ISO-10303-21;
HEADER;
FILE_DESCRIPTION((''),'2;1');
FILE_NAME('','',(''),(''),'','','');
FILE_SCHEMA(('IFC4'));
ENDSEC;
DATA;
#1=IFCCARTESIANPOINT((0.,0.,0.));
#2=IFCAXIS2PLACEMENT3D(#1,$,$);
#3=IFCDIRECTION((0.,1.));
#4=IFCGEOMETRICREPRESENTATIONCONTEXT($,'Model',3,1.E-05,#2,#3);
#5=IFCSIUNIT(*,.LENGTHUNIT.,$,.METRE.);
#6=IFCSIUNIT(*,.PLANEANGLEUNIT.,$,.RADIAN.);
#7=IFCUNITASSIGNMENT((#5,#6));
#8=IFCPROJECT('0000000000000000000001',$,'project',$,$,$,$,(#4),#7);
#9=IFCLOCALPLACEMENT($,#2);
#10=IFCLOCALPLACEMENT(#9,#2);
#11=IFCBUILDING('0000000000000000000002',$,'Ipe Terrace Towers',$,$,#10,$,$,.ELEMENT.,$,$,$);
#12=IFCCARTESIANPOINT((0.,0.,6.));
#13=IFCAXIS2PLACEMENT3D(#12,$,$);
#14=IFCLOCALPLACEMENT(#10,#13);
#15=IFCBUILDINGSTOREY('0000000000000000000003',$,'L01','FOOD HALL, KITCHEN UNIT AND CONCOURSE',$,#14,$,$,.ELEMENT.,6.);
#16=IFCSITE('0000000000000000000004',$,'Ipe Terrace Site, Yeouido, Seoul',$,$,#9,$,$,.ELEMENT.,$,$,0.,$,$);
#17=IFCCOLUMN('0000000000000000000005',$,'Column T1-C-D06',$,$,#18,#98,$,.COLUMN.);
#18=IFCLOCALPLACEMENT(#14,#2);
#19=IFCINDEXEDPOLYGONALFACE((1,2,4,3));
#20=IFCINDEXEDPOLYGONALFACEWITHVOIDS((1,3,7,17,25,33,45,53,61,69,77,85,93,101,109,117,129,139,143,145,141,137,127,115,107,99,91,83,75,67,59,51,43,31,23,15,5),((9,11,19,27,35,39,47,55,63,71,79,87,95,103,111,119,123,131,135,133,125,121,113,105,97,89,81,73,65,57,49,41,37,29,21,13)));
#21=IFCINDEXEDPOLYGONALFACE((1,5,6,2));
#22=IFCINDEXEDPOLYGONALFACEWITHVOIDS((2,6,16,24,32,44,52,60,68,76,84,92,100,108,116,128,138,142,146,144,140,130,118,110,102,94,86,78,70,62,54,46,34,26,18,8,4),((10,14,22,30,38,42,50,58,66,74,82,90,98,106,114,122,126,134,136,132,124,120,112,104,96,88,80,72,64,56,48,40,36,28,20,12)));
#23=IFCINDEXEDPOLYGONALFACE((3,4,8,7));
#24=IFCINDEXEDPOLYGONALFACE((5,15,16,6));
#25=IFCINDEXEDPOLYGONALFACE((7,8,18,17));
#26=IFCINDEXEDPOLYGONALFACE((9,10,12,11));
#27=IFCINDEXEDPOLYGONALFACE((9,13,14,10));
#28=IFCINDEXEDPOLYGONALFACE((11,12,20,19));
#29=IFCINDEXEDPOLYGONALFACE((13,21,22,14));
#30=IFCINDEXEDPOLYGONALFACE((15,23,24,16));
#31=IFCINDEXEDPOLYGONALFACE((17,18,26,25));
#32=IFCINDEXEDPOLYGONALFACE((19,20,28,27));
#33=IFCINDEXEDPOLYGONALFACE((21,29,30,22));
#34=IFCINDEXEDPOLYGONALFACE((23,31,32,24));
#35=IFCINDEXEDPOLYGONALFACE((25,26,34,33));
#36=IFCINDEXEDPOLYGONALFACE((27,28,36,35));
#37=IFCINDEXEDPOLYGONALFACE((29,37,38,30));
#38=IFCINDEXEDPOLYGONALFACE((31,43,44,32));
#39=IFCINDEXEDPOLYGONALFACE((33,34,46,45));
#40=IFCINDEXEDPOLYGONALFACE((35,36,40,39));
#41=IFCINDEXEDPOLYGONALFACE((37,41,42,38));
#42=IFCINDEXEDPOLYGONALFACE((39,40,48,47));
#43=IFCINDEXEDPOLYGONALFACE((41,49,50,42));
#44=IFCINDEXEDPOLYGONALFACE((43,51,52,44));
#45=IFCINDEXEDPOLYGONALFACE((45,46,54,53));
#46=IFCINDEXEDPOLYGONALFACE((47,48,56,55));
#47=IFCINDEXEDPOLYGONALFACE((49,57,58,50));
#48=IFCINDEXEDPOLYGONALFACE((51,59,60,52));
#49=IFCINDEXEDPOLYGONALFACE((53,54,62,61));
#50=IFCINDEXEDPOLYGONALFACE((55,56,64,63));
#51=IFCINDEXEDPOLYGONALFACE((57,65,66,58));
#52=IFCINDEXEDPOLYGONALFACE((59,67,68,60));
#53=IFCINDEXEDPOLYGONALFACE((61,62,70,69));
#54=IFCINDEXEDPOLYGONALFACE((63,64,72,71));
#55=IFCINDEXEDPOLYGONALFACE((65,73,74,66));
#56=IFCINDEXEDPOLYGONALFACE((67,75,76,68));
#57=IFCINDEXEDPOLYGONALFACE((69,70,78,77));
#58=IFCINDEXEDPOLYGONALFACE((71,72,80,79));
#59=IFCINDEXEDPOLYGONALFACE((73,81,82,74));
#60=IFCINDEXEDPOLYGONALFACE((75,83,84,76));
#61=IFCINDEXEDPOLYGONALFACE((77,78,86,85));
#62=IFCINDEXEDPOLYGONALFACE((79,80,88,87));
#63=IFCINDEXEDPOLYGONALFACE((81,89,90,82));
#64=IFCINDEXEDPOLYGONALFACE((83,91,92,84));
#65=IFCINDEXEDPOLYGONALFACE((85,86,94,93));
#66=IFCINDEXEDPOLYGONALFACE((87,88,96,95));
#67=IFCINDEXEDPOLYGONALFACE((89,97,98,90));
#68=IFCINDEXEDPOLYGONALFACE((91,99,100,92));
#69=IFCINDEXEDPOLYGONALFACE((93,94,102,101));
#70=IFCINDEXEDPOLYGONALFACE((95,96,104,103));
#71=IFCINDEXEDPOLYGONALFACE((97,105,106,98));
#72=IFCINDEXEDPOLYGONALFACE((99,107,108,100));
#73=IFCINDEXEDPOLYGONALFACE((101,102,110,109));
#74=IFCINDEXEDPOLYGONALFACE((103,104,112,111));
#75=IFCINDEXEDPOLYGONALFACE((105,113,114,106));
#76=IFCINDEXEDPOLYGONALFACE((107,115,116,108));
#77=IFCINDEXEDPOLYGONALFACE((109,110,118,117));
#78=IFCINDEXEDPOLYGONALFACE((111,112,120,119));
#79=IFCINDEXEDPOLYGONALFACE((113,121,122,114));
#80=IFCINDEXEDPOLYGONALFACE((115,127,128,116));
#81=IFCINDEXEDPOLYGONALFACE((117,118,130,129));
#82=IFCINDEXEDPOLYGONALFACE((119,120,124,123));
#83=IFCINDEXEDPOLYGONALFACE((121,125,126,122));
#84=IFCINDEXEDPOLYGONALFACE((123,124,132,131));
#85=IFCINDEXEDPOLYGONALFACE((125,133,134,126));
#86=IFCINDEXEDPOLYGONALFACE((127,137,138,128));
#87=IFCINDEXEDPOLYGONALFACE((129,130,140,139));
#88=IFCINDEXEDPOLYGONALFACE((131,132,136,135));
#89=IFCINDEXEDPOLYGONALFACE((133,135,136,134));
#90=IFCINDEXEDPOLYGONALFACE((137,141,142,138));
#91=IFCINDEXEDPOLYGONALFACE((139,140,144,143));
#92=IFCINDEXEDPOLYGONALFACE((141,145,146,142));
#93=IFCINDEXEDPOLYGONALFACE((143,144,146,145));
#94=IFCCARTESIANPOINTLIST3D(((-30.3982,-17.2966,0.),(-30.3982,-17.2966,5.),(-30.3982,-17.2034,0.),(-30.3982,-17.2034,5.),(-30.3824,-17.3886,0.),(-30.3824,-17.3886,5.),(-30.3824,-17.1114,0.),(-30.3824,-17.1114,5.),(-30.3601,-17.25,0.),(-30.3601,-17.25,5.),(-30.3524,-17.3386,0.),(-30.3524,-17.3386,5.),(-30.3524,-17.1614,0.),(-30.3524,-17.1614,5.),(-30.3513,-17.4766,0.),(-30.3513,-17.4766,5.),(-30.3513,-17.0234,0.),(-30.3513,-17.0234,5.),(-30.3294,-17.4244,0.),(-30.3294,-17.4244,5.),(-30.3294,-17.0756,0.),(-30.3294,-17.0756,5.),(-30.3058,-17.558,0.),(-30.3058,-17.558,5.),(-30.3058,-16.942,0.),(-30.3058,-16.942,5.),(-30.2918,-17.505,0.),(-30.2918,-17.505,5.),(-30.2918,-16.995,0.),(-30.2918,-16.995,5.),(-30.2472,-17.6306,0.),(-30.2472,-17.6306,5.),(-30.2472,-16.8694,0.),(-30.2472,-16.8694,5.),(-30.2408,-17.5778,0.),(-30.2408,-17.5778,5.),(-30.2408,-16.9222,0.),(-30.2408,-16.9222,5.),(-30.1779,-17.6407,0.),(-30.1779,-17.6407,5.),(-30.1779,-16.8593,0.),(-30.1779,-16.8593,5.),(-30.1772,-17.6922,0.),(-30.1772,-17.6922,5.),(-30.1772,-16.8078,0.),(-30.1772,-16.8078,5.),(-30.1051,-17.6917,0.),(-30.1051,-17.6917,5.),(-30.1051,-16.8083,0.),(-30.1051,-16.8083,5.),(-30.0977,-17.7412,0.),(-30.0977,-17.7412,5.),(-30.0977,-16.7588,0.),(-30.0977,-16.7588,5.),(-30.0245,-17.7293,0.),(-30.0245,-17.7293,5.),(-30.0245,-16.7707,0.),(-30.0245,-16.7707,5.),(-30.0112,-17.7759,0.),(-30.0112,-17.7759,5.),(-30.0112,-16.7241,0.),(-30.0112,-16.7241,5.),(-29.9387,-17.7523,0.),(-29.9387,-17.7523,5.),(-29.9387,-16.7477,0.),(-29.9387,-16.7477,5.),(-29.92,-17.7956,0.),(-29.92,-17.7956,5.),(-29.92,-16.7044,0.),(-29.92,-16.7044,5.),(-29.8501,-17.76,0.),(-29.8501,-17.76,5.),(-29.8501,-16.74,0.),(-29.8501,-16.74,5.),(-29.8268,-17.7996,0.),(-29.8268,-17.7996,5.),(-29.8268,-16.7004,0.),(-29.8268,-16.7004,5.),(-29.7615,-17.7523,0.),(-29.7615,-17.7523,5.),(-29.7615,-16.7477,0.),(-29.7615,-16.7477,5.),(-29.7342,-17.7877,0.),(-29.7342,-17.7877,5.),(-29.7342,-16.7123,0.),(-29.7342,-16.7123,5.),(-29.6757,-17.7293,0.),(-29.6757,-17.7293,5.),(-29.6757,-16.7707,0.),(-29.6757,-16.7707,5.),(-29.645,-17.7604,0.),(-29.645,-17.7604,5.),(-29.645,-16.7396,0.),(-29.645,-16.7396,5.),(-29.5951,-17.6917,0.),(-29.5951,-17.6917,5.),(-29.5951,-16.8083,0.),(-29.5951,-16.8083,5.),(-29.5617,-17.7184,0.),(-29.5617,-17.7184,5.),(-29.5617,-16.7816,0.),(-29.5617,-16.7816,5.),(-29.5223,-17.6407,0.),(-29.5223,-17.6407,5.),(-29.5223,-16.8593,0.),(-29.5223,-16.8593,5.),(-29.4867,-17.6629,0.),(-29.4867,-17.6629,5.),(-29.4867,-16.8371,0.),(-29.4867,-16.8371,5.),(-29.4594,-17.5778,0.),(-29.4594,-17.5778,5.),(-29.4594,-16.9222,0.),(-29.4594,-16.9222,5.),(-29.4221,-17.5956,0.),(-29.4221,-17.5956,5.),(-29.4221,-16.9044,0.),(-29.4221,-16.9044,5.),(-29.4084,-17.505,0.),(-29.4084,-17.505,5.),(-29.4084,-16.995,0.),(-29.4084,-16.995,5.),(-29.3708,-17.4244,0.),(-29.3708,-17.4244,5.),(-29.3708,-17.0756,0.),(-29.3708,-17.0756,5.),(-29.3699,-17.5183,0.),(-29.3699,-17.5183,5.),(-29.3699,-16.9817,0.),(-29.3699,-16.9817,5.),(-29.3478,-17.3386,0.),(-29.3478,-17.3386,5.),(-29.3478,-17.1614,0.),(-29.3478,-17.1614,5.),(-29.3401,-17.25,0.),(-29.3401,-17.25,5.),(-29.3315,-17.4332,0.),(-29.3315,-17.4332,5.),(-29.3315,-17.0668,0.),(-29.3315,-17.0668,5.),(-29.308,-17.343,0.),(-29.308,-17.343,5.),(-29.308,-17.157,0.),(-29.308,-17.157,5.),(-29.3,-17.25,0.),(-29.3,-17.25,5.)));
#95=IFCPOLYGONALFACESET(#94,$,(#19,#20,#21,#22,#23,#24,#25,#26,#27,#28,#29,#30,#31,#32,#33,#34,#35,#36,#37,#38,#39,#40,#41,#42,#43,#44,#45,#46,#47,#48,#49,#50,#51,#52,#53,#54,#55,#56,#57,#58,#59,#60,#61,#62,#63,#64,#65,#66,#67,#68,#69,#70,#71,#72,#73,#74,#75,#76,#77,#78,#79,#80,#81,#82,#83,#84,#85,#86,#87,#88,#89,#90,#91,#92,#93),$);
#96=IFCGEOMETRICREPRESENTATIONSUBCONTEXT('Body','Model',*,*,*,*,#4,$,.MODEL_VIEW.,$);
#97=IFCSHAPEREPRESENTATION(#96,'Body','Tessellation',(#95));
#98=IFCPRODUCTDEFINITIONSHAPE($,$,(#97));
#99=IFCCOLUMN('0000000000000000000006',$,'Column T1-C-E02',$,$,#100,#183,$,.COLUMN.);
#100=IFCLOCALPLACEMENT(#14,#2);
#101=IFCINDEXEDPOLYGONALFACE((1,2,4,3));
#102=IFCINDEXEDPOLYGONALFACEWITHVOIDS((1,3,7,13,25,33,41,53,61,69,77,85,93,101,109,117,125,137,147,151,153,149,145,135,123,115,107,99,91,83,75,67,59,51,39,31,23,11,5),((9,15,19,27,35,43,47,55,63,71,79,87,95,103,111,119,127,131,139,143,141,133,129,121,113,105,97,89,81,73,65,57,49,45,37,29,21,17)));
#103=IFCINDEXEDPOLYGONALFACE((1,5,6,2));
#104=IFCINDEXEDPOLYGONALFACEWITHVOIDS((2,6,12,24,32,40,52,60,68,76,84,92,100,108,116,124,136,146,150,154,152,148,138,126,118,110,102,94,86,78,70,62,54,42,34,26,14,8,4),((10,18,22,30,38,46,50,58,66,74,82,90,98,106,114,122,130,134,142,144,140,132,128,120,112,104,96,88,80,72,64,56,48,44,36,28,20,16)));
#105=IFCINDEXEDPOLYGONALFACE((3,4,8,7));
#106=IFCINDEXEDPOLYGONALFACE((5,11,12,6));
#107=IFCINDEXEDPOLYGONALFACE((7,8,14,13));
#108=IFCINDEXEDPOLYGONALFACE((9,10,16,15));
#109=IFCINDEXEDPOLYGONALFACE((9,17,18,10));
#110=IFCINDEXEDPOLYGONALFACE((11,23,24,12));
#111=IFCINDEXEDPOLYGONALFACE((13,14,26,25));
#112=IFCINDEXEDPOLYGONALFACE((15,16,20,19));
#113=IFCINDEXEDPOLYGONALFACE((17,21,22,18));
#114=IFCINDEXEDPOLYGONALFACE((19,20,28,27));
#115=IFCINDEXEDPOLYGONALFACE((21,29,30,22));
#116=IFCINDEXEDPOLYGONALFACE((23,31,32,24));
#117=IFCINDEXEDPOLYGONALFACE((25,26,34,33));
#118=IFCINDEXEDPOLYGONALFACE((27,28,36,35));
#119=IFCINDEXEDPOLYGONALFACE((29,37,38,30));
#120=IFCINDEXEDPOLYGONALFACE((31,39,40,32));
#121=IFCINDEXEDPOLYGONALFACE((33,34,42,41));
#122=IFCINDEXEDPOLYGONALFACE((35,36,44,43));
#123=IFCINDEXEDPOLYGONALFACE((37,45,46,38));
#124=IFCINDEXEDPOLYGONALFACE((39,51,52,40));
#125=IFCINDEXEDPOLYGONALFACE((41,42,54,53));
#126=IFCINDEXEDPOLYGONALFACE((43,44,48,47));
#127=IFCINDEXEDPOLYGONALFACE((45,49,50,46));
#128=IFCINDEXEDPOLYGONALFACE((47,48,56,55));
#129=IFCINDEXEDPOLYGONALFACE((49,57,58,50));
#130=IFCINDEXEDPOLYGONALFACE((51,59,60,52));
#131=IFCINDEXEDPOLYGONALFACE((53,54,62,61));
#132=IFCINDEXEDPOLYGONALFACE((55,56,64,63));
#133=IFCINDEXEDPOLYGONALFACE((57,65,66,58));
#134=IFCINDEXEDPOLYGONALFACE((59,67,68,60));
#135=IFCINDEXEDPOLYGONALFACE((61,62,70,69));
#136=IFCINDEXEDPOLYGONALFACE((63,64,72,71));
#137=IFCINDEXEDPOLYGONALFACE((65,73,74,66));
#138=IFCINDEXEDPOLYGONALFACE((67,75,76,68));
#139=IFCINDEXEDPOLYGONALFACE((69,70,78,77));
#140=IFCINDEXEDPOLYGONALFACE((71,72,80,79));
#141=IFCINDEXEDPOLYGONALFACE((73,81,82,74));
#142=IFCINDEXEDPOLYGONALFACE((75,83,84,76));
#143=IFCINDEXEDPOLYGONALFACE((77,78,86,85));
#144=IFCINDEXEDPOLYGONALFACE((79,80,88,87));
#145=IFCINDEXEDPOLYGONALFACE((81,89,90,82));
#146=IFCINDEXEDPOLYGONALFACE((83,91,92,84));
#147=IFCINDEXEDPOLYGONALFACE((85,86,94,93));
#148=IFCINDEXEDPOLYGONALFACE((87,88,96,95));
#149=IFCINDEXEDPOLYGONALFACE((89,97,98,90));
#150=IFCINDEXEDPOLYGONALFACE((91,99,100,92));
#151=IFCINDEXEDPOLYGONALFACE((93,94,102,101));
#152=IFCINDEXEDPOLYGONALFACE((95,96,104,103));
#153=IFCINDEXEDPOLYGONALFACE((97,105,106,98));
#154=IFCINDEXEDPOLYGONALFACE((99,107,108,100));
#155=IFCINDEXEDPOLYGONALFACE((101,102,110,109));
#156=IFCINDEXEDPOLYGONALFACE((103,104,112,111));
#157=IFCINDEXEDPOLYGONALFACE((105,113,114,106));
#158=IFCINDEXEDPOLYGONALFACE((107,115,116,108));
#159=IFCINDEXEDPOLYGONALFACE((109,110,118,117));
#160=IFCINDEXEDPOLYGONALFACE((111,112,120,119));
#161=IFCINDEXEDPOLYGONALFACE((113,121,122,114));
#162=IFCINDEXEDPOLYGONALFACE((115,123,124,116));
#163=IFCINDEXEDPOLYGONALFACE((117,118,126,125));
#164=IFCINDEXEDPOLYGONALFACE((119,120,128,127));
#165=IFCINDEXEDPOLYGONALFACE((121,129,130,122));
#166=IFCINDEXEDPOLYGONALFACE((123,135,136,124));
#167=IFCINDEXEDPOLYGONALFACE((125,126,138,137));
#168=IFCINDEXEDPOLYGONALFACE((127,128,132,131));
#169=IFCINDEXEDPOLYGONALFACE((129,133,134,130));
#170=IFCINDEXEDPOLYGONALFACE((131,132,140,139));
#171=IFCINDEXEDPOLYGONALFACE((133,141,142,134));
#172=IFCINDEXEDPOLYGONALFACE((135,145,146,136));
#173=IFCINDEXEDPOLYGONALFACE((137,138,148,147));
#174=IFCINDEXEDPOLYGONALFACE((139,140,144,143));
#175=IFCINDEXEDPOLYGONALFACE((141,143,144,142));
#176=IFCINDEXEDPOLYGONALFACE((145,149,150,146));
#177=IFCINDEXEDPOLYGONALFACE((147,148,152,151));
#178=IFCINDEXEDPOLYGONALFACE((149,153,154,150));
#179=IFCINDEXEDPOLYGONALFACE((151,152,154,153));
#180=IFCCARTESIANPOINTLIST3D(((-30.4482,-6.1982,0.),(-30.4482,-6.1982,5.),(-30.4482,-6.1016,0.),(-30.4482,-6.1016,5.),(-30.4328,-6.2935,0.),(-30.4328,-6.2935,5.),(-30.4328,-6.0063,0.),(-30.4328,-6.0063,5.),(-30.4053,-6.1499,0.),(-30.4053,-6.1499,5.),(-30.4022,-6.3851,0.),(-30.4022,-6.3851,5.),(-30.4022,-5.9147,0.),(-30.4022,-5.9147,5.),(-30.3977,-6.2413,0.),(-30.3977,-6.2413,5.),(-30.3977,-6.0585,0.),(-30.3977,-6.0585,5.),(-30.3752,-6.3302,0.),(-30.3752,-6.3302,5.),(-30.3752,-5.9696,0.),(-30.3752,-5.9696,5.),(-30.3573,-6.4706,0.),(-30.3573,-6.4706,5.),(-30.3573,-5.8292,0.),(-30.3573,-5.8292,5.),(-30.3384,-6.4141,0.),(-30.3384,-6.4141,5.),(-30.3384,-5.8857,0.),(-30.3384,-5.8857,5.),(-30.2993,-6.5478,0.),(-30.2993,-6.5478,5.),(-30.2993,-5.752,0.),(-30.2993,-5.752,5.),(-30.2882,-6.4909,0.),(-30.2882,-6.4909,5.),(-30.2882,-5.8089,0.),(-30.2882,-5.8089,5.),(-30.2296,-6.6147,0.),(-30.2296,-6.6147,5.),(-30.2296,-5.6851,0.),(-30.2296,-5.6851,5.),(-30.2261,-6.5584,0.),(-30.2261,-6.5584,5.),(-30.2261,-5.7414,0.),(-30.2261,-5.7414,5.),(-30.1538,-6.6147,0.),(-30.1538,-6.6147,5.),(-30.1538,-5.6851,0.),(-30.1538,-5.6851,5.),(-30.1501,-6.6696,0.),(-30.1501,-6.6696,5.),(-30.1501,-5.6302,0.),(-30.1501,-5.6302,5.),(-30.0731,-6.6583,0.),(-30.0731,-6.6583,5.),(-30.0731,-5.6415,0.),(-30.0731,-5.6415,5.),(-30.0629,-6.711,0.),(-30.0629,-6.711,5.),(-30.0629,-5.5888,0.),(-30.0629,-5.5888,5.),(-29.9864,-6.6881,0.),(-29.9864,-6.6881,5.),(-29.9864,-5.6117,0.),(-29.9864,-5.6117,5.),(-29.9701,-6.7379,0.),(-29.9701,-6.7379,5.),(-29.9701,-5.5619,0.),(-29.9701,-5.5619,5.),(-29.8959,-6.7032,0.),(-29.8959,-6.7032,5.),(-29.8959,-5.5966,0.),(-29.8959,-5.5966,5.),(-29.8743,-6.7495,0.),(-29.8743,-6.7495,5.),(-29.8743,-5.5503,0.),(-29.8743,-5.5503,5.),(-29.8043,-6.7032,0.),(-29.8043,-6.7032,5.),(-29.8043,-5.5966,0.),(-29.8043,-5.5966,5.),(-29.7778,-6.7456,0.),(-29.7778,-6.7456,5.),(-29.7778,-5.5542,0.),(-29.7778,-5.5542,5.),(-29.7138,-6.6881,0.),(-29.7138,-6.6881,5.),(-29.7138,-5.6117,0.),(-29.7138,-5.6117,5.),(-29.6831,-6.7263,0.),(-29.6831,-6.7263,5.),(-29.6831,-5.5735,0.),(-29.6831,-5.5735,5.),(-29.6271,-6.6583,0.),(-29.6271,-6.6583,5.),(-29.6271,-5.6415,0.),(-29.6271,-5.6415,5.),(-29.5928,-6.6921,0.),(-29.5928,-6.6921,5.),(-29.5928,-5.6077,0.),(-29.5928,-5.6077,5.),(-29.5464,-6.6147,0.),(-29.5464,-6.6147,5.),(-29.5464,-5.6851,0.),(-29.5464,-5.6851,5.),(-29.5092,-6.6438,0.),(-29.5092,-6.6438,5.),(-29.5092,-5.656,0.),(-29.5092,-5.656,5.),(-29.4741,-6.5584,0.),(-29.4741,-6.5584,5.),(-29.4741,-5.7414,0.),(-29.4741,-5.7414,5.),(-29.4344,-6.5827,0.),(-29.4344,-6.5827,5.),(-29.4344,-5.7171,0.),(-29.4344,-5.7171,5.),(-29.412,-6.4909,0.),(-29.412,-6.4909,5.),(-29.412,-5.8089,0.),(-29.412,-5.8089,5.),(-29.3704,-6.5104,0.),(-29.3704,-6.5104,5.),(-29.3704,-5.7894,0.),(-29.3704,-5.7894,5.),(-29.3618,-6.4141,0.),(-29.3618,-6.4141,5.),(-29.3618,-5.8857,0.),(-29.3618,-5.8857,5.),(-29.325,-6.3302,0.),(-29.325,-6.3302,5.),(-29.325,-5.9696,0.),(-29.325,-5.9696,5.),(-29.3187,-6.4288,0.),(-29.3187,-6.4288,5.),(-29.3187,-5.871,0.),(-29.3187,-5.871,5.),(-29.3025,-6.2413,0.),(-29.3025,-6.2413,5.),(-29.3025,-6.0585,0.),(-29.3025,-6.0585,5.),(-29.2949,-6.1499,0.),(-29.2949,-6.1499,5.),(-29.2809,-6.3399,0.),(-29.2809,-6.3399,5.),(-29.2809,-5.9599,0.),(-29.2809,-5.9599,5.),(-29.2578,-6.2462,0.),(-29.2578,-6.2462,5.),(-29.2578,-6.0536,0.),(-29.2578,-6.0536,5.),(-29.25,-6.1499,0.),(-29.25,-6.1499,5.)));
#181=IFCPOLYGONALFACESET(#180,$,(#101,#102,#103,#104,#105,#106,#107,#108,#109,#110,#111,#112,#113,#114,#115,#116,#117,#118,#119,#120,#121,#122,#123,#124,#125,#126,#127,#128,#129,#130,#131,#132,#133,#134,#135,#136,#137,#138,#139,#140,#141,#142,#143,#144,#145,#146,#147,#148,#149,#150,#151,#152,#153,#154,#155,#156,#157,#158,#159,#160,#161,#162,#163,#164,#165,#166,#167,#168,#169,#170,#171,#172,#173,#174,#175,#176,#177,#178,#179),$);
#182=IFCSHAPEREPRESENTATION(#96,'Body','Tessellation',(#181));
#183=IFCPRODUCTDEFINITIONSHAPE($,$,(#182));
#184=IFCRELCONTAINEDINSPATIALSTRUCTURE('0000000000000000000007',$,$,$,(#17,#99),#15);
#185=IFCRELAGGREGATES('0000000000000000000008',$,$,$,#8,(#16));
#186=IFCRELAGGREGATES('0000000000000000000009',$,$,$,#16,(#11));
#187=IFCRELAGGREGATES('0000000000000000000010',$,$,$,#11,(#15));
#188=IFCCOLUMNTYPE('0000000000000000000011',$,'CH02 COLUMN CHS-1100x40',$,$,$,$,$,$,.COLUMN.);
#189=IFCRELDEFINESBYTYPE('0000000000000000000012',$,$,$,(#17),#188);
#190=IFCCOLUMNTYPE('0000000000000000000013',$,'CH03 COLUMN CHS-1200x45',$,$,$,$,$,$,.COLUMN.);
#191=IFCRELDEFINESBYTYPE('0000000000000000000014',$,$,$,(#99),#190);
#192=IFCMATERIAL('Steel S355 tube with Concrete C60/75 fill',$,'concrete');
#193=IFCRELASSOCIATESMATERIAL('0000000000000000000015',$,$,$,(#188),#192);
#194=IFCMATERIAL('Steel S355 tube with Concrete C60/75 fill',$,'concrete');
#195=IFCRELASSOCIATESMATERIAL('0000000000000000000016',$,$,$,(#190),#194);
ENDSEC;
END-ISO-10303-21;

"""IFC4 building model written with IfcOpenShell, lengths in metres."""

from ifc_helpers import new_model, si_unit, direction, frame, origin, origin_2d, place, context, subcontext, project, spatial, hollow_circle, extrude, material, material_profile, profile_set, type_object, element, save


model = new_model("IFC4")

# Units and contexts
model_context = context("Model", 3, precision=1e-05, world=origin(), true_north=direction((0.0, 1.0)))
body_context = subcontext(model_context, "Body", "Model", "MODEL_VIEW")
ifc_project = project(units=[si_unit("LENGTHUNIT", "METRE"), si_unit("PLANEANGLEUNIT", "RADIAN")], contexts=[model_context])

# Site, building, storey
site_placement = place(None, origin())
site = spatial("IfcSite", under=ifc_project, at=site_placement, Name="Ipe Terrace Site, Yeouido, Seoul", CompositionType="ELEMENT", RefElevation=0.0)
building_placement = place(site_placement, origin())
building = spatial("IfcBuilding", under=site, at=building_placement, Name="Ipe Terrace Towers", CompositionType="ELEMENT")
storey_placement = place(building_placement, frame((0.0, 0.0, 6.0)))
storey = spatial("IfcBuildingStorey", under=building, at=storey_placement, Name="L01", Description="FOOD HALL, KITCHEN UNIT AND CONCOURSE", CompositionType="ELEMENT", Elevation=6.0)

# Columns
ifc_material_1 = material(Name="Steel S355 tube with Concrete C60/75 fill", Category="concrete")
ifc_material_profile_1 = material_profile(ifc_material_1, hollow_circle(Radius=0.55, WallThickness=0.04, at=origin_2d()), Name="CHS-1100x40")
ifc_profile_set_1 = profile_set([ifc_material_profile_1], Name="Steel S355 tube with Concrete C60/75 fill")
column_type_1 = type_object("IfcColumnType", Name="CH02 COLUMN CHS-1100x40", PredefinedType="COLUMN", material=ifc_profile_set_1)
for number, where, z_axis, x_axis, name in (
    (1, (-29.8501, -17.25, 0.0), (0.0, 0.0, 1.0), (1.0, 0.0, 0.0), "Column T1-C-D06"),
):
    element("IfcColumn", number, at=place(storey_placement, frame(where, z_axis=z_axis, x_axis=x_axis)), inside=storey, type_object=column_type_1, Name=name, PredefinedType="COLUMN", context=body_context, shape_type="SweptSolid", body=[
        extrude(hollow_circle(Radius=0.55, WallThickness=0.04, at=origin_2d()), origin(), (0.0, 0.0, 1.0), 5.0),
    ])
ifc_material_2 = material(Name="Steel S355 tube with Concrete C60/75 fill", Category="concrete")
ifc_material_profile_2 = material_profile(ifc_material_2, hollow_circle(Radius=0.6001, WallThickness=0.0449, at=origin_2d()), Name="CHS-1200x45")
ifc_profile_set_2 = profile_set([ifc_material_profile_2], Name="Steel S355 tube with Concrete C60/75 fill")
column_type_2 = type_object("IfcColumnType", Name="CH03 COLUMN CHS-1200x45", PredefinedType="COLUMN", material=ifc_profile_set_2)
column_placement = place(storey_placement, frame((-29.8501, -6.1499, 0.0), z_axis=(0.0, 0.0, 1.0), x_axis=(1.0, 0.0, 0.0)))
element("IfcColumn", 2, at=column_placement, inside=storey, type_object=column_type_2, Name="Column T1-C-E02", PredefinedType="COLUMN", context=body_context, shape_type="SweptSolid", body=[
    extrude(hollow_circle(Radius=0.6001, WallThickness=0.0449, at=origin_2d()), origin(), (0.0, 0.0, 1.0), 5.0),
])

save(model, "model.ifc")
